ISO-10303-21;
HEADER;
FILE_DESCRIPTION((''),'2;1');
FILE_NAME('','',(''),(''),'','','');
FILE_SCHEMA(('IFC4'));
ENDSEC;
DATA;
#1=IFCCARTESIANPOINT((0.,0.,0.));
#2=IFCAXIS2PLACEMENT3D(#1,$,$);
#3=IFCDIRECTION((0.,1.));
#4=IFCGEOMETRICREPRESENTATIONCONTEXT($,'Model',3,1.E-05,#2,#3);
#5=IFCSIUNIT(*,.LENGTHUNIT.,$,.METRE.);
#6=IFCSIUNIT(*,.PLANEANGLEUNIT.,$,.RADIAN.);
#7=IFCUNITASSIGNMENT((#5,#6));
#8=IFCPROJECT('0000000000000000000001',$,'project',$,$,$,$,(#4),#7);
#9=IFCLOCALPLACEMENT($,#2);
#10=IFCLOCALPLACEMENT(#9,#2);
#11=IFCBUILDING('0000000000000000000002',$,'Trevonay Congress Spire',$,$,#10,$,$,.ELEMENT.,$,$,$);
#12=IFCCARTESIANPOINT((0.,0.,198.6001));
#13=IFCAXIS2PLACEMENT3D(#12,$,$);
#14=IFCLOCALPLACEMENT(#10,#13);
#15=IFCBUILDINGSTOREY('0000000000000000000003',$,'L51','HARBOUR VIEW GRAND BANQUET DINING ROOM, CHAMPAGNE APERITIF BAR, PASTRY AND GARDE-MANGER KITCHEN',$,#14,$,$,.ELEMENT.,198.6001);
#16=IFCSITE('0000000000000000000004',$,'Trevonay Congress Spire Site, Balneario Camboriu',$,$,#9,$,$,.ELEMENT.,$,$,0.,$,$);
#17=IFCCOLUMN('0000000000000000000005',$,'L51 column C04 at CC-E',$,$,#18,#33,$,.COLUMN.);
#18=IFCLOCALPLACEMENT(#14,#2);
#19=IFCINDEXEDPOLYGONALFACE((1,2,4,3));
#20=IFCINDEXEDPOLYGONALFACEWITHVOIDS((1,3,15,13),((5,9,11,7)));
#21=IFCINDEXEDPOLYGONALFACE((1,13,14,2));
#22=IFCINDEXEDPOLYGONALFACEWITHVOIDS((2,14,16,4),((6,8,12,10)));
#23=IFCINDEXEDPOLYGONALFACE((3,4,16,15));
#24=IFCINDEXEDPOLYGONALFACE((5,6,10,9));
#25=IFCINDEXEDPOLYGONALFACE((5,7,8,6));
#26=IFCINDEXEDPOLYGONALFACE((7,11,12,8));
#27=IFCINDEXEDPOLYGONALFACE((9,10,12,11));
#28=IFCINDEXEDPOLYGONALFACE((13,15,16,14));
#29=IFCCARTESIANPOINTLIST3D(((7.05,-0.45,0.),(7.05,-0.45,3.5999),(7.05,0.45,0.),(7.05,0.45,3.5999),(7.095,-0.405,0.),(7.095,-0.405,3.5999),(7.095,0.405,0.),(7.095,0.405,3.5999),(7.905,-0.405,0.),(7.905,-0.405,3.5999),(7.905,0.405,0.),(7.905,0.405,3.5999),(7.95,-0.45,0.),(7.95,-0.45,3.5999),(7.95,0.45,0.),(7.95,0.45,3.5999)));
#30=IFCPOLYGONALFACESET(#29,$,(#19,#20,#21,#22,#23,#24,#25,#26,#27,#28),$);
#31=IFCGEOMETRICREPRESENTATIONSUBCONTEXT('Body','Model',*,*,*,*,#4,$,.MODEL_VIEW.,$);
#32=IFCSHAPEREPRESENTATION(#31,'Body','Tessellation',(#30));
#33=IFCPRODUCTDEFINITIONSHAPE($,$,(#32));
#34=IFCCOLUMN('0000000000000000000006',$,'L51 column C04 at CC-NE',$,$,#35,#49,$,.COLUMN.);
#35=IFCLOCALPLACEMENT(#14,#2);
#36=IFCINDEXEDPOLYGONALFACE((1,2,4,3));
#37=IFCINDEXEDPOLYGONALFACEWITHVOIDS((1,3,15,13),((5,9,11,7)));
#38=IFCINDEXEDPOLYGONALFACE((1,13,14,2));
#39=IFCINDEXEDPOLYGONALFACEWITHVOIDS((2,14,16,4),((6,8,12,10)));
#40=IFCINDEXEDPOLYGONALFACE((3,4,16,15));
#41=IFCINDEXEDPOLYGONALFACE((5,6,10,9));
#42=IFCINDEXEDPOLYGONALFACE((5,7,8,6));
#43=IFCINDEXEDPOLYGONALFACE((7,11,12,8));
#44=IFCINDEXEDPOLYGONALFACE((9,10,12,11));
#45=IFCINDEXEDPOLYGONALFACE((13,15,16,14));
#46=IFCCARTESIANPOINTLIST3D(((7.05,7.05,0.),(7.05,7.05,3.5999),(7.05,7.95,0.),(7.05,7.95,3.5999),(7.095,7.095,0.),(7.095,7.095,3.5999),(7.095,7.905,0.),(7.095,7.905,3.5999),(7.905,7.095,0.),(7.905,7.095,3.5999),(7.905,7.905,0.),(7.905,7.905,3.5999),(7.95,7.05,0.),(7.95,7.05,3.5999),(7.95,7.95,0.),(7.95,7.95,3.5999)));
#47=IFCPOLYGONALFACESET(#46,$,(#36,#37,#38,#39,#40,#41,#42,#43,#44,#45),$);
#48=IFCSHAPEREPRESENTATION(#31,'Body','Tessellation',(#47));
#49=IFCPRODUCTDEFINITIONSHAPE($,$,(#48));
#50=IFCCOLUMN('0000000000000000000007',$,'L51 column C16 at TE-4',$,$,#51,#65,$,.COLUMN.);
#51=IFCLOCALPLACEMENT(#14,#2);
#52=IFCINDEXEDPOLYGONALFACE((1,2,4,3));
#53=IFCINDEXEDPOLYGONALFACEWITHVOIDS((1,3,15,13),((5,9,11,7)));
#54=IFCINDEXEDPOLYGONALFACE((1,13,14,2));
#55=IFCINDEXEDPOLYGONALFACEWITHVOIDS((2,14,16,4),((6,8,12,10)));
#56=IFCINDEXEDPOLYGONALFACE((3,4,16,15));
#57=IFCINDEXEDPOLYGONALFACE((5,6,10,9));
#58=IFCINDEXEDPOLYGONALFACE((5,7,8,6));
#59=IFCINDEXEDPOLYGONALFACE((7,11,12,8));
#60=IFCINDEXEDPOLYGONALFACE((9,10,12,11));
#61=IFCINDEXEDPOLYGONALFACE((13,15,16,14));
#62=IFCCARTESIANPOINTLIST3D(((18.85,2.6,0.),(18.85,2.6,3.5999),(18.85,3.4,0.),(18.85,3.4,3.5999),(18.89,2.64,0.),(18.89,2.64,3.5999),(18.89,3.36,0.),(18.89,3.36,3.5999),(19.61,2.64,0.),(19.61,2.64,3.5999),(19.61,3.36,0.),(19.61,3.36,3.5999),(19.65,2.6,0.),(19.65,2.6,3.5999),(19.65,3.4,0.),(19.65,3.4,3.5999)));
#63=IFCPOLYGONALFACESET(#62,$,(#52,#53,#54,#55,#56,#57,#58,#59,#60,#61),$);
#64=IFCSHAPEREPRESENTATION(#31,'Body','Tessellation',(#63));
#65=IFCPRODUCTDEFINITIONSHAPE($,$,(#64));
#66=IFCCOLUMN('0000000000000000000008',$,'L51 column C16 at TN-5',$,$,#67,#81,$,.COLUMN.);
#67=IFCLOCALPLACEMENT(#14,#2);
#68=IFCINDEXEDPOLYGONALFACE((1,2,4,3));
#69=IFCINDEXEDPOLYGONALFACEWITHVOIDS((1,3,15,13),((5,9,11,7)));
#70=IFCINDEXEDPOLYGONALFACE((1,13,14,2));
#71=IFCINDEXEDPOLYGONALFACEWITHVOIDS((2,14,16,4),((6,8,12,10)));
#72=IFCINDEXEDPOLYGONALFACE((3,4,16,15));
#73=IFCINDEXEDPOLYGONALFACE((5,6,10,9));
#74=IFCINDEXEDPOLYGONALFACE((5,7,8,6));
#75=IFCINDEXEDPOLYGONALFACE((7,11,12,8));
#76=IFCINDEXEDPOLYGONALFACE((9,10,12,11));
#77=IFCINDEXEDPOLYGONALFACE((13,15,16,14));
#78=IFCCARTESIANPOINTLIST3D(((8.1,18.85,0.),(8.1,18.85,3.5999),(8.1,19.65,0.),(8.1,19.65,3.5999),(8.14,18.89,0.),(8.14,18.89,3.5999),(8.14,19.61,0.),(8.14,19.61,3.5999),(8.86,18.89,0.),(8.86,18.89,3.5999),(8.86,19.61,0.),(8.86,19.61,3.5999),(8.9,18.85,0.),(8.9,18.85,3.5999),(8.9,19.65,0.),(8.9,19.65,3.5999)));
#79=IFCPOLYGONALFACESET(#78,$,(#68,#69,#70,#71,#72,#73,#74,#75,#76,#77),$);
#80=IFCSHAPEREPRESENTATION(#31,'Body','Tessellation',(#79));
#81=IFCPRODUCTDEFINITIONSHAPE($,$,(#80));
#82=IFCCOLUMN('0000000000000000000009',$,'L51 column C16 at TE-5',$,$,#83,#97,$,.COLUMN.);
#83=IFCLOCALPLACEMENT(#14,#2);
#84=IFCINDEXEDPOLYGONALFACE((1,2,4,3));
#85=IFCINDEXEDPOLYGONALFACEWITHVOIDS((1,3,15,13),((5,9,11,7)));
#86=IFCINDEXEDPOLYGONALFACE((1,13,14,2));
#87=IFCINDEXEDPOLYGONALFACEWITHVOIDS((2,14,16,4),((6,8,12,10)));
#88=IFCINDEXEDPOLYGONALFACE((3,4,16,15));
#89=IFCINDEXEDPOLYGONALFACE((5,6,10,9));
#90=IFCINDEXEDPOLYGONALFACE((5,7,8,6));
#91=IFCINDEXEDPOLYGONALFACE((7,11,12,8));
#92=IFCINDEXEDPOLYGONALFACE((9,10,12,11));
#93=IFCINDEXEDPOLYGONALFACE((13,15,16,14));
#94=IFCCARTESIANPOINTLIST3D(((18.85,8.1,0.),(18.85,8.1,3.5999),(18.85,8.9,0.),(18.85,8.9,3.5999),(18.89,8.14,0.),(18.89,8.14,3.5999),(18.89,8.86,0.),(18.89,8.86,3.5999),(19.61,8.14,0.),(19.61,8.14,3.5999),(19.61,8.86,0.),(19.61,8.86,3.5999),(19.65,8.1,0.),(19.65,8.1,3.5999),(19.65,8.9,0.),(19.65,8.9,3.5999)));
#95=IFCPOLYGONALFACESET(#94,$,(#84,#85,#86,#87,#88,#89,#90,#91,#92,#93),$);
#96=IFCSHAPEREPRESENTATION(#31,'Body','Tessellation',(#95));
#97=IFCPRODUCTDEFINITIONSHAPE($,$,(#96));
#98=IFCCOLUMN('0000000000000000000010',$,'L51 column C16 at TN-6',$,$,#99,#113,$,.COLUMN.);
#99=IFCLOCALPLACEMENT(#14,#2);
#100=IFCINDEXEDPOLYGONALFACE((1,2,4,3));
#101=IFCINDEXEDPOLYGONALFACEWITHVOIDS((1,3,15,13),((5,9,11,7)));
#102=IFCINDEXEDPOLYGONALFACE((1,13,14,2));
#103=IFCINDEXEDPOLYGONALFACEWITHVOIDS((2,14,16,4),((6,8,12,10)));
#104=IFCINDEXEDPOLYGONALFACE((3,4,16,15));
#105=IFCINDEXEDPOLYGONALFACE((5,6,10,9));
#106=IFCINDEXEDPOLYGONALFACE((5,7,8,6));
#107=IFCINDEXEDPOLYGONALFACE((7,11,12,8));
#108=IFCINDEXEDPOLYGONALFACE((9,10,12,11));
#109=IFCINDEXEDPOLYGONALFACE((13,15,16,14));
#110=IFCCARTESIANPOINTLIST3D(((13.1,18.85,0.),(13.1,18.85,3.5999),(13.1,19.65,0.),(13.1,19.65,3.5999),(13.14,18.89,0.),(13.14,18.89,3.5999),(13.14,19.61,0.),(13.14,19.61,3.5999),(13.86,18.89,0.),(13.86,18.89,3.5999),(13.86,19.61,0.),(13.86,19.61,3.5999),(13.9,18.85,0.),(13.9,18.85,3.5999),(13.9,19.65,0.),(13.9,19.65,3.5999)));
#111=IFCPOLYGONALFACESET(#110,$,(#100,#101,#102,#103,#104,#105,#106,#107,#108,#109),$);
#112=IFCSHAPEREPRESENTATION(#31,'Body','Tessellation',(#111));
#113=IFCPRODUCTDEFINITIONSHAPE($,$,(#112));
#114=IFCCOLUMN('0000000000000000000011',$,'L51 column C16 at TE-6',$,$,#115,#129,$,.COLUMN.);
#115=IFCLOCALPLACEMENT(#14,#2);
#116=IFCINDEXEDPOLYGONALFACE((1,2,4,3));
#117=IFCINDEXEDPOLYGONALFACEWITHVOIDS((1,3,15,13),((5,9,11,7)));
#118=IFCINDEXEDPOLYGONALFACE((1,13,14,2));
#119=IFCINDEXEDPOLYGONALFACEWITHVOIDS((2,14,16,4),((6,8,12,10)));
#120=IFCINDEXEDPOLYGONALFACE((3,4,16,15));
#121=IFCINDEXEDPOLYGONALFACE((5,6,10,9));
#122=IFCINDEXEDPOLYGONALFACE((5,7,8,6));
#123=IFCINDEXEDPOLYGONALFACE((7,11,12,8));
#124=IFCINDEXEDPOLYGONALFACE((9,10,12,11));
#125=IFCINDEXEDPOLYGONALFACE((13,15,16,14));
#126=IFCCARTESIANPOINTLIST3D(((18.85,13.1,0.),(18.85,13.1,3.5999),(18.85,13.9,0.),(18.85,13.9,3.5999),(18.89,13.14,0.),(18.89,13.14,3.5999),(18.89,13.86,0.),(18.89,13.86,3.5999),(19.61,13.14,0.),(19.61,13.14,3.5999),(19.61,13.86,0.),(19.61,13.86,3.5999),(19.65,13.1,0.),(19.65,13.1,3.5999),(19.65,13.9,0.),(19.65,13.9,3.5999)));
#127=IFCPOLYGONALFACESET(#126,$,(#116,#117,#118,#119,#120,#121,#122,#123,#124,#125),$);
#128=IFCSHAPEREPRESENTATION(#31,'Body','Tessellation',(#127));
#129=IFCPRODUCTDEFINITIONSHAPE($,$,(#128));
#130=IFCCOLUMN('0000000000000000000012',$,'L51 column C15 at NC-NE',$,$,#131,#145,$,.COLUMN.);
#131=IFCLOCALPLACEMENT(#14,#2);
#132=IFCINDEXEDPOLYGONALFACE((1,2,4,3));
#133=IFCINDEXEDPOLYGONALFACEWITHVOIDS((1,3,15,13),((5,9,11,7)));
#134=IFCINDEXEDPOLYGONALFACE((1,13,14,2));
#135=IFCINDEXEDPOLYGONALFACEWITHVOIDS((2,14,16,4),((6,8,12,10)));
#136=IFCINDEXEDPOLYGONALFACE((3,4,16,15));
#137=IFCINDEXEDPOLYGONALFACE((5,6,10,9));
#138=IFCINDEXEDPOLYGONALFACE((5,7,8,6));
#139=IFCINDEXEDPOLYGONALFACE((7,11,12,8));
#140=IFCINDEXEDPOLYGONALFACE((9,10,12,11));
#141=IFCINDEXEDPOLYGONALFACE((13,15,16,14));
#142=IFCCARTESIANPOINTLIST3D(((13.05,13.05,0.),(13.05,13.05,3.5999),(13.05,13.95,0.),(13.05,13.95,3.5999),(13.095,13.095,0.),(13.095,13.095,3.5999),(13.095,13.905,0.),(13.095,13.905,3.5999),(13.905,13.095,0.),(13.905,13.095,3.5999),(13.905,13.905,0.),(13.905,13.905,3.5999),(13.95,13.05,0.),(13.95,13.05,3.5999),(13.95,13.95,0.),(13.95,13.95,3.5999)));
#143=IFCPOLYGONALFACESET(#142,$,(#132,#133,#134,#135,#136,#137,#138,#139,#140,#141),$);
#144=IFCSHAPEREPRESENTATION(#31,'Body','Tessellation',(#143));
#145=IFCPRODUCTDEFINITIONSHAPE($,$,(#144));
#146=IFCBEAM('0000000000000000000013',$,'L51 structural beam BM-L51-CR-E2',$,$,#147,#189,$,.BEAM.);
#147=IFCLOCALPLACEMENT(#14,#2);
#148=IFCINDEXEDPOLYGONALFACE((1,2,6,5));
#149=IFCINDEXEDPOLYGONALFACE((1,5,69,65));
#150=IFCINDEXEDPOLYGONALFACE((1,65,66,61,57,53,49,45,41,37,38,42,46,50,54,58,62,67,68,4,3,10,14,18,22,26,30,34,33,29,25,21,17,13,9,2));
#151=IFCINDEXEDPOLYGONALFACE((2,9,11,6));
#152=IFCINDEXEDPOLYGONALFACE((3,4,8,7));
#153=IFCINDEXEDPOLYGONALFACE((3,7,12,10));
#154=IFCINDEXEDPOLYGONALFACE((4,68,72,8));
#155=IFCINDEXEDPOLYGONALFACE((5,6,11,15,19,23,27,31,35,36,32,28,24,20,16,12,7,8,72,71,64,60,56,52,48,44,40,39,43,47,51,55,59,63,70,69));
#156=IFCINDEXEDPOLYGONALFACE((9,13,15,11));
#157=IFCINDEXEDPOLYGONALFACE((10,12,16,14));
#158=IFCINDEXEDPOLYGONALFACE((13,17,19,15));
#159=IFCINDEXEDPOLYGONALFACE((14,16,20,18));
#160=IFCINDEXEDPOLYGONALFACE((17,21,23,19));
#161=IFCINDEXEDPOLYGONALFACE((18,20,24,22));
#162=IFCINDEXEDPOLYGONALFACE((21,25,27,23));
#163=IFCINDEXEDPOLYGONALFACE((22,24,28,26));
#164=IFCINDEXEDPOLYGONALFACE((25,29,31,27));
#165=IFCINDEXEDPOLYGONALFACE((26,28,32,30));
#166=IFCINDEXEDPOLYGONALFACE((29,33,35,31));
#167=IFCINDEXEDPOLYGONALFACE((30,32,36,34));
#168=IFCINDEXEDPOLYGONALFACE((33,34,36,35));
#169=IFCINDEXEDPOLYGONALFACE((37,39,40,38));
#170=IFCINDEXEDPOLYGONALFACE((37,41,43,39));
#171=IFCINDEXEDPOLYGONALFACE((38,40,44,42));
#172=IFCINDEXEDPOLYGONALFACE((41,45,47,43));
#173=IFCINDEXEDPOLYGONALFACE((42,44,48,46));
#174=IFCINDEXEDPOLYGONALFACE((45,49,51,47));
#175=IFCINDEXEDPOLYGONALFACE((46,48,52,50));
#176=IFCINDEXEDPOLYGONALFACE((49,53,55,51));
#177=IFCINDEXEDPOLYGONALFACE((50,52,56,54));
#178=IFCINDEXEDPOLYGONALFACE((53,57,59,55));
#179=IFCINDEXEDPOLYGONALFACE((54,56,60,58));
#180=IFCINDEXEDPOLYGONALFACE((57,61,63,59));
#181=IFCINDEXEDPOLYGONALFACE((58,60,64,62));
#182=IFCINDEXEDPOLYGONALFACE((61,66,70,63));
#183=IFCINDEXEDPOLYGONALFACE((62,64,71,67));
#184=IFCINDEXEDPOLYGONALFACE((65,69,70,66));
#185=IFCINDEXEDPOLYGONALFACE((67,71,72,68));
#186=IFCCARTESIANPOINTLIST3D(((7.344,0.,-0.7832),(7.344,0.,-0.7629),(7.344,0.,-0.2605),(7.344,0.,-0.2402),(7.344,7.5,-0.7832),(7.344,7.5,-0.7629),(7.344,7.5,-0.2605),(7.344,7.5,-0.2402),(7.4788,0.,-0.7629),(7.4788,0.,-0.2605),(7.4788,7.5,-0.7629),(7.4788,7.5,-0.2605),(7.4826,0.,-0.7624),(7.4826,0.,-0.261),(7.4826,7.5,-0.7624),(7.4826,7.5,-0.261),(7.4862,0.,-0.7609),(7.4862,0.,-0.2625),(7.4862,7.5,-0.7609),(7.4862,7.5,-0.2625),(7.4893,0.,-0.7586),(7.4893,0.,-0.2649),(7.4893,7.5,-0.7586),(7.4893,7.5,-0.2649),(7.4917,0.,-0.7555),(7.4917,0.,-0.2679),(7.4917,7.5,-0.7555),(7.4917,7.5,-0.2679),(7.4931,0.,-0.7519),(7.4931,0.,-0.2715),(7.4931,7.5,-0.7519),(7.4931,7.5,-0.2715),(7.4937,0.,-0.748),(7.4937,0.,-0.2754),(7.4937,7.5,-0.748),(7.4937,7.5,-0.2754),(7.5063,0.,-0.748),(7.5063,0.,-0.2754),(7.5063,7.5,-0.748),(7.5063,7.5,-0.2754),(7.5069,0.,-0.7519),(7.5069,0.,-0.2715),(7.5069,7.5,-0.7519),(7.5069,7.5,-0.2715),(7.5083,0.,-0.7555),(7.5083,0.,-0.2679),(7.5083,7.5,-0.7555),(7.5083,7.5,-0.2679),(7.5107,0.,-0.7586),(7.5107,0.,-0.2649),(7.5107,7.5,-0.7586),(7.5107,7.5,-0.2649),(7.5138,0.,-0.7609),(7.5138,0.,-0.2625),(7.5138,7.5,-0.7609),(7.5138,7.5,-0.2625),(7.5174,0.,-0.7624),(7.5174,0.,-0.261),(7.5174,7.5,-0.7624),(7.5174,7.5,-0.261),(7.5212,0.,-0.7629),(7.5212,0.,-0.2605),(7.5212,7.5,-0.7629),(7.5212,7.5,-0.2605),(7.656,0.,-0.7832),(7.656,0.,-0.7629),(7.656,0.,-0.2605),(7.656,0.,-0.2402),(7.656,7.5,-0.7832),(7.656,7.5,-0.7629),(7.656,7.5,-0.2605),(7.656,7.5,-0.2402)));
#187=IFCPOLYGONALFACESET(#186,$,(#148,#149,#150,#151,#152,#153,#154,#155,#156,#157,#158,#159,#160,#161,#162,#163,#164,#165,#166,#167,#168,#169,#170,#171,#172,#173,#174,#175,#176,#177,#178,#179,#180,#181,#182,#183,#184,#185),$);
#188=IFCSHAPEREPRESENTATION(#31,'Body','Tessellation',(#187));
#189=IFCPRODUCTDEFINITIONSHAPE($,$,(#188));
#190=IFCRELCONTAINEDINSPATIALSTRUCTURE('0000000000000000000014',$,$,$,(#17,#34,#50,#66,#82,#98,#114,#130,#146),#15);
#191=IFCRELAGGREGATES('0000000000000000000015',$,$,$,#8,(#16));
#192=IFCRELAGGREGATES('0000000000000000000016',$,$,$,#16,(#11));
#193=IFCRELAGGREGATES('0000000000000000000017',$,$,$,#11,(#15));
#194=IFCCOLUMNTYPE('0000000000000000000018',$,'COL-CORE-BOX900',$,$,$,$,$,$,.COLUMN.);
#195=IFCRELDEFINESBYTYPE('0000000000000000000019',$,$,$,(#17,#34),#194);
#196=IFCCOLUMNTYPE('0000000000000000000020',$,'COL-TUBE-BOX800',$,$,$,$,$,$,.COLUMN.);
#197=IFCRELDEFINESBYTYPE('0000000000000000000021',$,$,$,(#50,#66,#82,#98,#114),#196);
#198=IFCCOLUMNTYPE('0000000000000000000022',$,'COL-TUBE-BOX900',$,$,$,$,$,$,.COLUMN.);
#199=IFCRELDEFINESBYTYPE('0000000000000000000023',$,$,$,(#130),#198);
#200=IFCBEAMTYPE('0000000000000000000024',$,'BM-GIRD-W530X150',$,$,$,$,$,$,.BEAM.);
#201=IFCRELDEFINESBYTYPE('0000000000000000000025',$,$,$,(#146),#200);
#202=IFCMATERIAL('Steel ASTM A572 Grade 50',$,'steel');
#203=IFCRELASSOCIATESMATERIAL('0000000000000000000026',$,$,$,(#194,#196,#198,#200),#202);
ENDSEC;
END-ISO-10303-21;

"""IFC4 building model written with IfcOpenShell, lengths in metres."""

from ifc_helpers import new_model, si_unit, direction, frame, origin, origin_2d, place, context, subcontext, project, spatial, hollow_rectangle, i_section, extrude, material, material_profile, profile_set, type_object, element, save


model = new_model("IFC4")

# Units and contexts
model_context = context("Model", 3, precision=1e-05, world=origin(), true_north=direction((0.0, 1.0)))
body_context = subcontext(model_context, "Body", "Model", "MODEL_VIEW")
ifc_project = project(units=[si_unit("LENGTHUNIT", "METRE"), si_unit("PLANEANGLEUNIT", "RADIAN")], contexts=[model_context])

# Site, building, storey
site_placement = place(None, origin())
site = spatial("IfcSite", under=ifc_project, at=site_placement, Name="Trevonay Congress Spire Site, Balneario Camboriu", CompositionType="ELEMENT", RefElevation=0.0)
building_placement = place(site_placement, origin())
building = spatial("IfcBuilding", under=site, at=building_placement, Name="Trevonay Congress Spire", CompositionType="ELEMENT")
storey_placement = place(building_placement, frame((0.0, 0.0, 198.6001)))
storey = spatial("IfcBuildingStorey", under=building, at=storey_placement, Name="L51", Description="HARBOUR VIEW GRAND BANQUET DINING ROOM, CHAMPAGNE APERITIF BAR, PASTRY AND GARDE-MANGER KITCHEN", CompositionType="ELEMENT", Elevation=198.6001)

# Columns
ifc_material_1 = material(Name="Steel ASTM A572 Grade 50", Category="steel")
ifc_material_profile_1 = material_profile(ifc_material_1, hollow_rectangle(XDim=0.8999, YDim=0.8999, WallThickness=0.0449, at=origin_2d()), Name="BOX 900x900x45")
ifc_profile_set_1 = profile_set([ifc_material_profile_1], Name="Steel ASTM A572 Grade 50")
column_type_1 = type_object("IfcColumnType", Name="COL-CORE-BOX900", PredefinedType="COLUMN", material=ifc_profile_set_1)
for number, where, z_axis, x_axis, name in (
    (1, (7.5, 0.0, 0.0), (0.0, 0.0, 1.0), (1.0, 0.0, 0.0), "L51 column C04 at CC-E"),
    (2, (7.5, 7.5, 0.0), (0.0, 0.0, 1.0), (1.0, 0.0, 0.0), "L51 column C04 at CC-NE"),
):
    element("IfcColumn", number, at=place(storey_placement, frame(where, z_axis=z_axis, x_axis=x_axis)), inside=storey, type_object=column_type_1, Name=name, PredefinedType="COLUMN", context=body_context, shape_type="SweptSolid", body=[
        extrude(hollow_rectangle(XDim=0.8999, YDim=0.8999, WallThickness=0.0449, at=origin_2d()), origin(), (0.0, 0.0, 1.0), 3.5999),
    ])
ifc_material_profile_2 = material_profile(ifc_material_1, hollow_rectangle(XDim=0.8, YDim=0.8, WallThickness=0.04, at=origin_2d()), Name="BOX 800x800x40")
ifc_profile_set_2 = profile_set([ifc_material_profile_2], Name="Steel ASTM A572 Grade 50")
column_type_2 = type_object("IfcColumnType", Name="COL-TUBE-BOX800", PredefinedType="COLUMN", material=ifc_profile_set_2)
for number, where, z_axis, x_axis, name in (
    (3, (19.25, 3.0, 0.0), (0.0, 0.0, 1.0), (1.0, 0.0, 0.0), "L51 column C16 at TE-4"),
    (4, (8.5, 19.25, 0.0), (0.0, 0.0, 1.0), (1.0, 0.0, 0.0), "L51 column C16 at TN-5"),
    (5, (19.25, 8.5, 0.0), (0.0, 0.0, 1.0), (1.0, 0.0, 0.0), "L51 column C16 at TE-5"),
    (6, (13.5, 19.25, 0.0), (0.0, 0.0, 1.0), (1.0, 0.0, 0.0), "L51 column C16 at TN-6"),
    (7, (19.25, 13.5, 0.0), (0.0, 0.0, 1.0), (1.0, 0.0, 0.0), "L51 column C16 at TE-6"),
):
    element("IfcColumn", number, at=place(storey_placement, frame(where, z_axis=z_axis, x_axis=x_axis)), inside=storey, type_object=column_type_2, Name=name, PredefinedType="COLUMN", context=body_context, shape_type="SweptSolid", body=[
        extrude(hollow_rectangle(XDim=0.8, YDim=0.8, WallThickness=0.04, at=origin_2d()), origin(), (0.0, 0.0, 1.0), 3.5999),
    ])
ifc_material_profile_3 = material_profile(ifc_material_1, hollow_rectangle(XDim=0.8999, YDim=0.8999, WallThickness=0.0449, at=origin_2d()), Name="BOX 900x900x45")
ifc_profile_set_3 = profile_set([ifc_material_profile_3], Name="Steel ASTM A572 Grade 50")
column_type_3 = type_object("IfcColumnType", Name="COL-TUBE-BOX900", PredefinedType="COLUMN", material=ifc_profile_set_3)
column_placement = place(storey_placement, frame((13.5, 13.5, 0.0), z_axis=(0.0, 0.0, 1.0), x_axis=(1.0, 0.0, 0.0)))
element("IfcColumn", 8, at=column_placement, inside=storey, type_object=column_type_3, Name="L51 column C15 at NC-NE", PredefinedType="COLUMN", context=body_context, shape_type="SweptSolid", body=[
    extrude(hollow_rectangle(XDim=0.8999, YDim=0.8999, WallThickness=0.0449, at=origin_2d()), origin(), (0.0, 0.0, 1.0), 3.5999),
])

# Beam
ifc_material_profile_4 = material_profile(ifc_material_1, i_section(OverallWidth=0.312, OverallDepth=0.543, WebThickness=0.0127, FlangeThickness=0.0203, FilletRadius=0.0149, at=origin_2d()), Name="W530x150")
ifc_profile_set_4 = profile_set([ifc_material_profile_4], Name="Steel ASTM A572 Grade 50")
beam_type_1 = type_object("IfcBeamType", Name="BM-GIRD-W530X150", PredefinedType="BEAM", material=ifc_profile_set_4)
beam_1_placement = place(storey_placement, frame((7.5, 0.0, -0.5117), z_axis=(0.0, 1.0, 0.0), x_axis=(-1.0, 0.0, 0.0)))
element("IfcBeam", 9, at=beam_1_placement, inside=storey, type_object=beam_type_1, Name="L51 structural beam BM-L51-CR-E2", PredefinedType="BEAM", context=body_context, shape_type="SweptSolid", body=[
    extrude(i_section(OverallWidth=0.312, OverallDepth=0.543, WebThickness=0.0127, FlangeThickness=0.0203, FilletRadius=0.0149, at=origin_2d()), origin(), (0.0, 0.0, 1.0), 7.5),
])

save(model, "model.ifc")
